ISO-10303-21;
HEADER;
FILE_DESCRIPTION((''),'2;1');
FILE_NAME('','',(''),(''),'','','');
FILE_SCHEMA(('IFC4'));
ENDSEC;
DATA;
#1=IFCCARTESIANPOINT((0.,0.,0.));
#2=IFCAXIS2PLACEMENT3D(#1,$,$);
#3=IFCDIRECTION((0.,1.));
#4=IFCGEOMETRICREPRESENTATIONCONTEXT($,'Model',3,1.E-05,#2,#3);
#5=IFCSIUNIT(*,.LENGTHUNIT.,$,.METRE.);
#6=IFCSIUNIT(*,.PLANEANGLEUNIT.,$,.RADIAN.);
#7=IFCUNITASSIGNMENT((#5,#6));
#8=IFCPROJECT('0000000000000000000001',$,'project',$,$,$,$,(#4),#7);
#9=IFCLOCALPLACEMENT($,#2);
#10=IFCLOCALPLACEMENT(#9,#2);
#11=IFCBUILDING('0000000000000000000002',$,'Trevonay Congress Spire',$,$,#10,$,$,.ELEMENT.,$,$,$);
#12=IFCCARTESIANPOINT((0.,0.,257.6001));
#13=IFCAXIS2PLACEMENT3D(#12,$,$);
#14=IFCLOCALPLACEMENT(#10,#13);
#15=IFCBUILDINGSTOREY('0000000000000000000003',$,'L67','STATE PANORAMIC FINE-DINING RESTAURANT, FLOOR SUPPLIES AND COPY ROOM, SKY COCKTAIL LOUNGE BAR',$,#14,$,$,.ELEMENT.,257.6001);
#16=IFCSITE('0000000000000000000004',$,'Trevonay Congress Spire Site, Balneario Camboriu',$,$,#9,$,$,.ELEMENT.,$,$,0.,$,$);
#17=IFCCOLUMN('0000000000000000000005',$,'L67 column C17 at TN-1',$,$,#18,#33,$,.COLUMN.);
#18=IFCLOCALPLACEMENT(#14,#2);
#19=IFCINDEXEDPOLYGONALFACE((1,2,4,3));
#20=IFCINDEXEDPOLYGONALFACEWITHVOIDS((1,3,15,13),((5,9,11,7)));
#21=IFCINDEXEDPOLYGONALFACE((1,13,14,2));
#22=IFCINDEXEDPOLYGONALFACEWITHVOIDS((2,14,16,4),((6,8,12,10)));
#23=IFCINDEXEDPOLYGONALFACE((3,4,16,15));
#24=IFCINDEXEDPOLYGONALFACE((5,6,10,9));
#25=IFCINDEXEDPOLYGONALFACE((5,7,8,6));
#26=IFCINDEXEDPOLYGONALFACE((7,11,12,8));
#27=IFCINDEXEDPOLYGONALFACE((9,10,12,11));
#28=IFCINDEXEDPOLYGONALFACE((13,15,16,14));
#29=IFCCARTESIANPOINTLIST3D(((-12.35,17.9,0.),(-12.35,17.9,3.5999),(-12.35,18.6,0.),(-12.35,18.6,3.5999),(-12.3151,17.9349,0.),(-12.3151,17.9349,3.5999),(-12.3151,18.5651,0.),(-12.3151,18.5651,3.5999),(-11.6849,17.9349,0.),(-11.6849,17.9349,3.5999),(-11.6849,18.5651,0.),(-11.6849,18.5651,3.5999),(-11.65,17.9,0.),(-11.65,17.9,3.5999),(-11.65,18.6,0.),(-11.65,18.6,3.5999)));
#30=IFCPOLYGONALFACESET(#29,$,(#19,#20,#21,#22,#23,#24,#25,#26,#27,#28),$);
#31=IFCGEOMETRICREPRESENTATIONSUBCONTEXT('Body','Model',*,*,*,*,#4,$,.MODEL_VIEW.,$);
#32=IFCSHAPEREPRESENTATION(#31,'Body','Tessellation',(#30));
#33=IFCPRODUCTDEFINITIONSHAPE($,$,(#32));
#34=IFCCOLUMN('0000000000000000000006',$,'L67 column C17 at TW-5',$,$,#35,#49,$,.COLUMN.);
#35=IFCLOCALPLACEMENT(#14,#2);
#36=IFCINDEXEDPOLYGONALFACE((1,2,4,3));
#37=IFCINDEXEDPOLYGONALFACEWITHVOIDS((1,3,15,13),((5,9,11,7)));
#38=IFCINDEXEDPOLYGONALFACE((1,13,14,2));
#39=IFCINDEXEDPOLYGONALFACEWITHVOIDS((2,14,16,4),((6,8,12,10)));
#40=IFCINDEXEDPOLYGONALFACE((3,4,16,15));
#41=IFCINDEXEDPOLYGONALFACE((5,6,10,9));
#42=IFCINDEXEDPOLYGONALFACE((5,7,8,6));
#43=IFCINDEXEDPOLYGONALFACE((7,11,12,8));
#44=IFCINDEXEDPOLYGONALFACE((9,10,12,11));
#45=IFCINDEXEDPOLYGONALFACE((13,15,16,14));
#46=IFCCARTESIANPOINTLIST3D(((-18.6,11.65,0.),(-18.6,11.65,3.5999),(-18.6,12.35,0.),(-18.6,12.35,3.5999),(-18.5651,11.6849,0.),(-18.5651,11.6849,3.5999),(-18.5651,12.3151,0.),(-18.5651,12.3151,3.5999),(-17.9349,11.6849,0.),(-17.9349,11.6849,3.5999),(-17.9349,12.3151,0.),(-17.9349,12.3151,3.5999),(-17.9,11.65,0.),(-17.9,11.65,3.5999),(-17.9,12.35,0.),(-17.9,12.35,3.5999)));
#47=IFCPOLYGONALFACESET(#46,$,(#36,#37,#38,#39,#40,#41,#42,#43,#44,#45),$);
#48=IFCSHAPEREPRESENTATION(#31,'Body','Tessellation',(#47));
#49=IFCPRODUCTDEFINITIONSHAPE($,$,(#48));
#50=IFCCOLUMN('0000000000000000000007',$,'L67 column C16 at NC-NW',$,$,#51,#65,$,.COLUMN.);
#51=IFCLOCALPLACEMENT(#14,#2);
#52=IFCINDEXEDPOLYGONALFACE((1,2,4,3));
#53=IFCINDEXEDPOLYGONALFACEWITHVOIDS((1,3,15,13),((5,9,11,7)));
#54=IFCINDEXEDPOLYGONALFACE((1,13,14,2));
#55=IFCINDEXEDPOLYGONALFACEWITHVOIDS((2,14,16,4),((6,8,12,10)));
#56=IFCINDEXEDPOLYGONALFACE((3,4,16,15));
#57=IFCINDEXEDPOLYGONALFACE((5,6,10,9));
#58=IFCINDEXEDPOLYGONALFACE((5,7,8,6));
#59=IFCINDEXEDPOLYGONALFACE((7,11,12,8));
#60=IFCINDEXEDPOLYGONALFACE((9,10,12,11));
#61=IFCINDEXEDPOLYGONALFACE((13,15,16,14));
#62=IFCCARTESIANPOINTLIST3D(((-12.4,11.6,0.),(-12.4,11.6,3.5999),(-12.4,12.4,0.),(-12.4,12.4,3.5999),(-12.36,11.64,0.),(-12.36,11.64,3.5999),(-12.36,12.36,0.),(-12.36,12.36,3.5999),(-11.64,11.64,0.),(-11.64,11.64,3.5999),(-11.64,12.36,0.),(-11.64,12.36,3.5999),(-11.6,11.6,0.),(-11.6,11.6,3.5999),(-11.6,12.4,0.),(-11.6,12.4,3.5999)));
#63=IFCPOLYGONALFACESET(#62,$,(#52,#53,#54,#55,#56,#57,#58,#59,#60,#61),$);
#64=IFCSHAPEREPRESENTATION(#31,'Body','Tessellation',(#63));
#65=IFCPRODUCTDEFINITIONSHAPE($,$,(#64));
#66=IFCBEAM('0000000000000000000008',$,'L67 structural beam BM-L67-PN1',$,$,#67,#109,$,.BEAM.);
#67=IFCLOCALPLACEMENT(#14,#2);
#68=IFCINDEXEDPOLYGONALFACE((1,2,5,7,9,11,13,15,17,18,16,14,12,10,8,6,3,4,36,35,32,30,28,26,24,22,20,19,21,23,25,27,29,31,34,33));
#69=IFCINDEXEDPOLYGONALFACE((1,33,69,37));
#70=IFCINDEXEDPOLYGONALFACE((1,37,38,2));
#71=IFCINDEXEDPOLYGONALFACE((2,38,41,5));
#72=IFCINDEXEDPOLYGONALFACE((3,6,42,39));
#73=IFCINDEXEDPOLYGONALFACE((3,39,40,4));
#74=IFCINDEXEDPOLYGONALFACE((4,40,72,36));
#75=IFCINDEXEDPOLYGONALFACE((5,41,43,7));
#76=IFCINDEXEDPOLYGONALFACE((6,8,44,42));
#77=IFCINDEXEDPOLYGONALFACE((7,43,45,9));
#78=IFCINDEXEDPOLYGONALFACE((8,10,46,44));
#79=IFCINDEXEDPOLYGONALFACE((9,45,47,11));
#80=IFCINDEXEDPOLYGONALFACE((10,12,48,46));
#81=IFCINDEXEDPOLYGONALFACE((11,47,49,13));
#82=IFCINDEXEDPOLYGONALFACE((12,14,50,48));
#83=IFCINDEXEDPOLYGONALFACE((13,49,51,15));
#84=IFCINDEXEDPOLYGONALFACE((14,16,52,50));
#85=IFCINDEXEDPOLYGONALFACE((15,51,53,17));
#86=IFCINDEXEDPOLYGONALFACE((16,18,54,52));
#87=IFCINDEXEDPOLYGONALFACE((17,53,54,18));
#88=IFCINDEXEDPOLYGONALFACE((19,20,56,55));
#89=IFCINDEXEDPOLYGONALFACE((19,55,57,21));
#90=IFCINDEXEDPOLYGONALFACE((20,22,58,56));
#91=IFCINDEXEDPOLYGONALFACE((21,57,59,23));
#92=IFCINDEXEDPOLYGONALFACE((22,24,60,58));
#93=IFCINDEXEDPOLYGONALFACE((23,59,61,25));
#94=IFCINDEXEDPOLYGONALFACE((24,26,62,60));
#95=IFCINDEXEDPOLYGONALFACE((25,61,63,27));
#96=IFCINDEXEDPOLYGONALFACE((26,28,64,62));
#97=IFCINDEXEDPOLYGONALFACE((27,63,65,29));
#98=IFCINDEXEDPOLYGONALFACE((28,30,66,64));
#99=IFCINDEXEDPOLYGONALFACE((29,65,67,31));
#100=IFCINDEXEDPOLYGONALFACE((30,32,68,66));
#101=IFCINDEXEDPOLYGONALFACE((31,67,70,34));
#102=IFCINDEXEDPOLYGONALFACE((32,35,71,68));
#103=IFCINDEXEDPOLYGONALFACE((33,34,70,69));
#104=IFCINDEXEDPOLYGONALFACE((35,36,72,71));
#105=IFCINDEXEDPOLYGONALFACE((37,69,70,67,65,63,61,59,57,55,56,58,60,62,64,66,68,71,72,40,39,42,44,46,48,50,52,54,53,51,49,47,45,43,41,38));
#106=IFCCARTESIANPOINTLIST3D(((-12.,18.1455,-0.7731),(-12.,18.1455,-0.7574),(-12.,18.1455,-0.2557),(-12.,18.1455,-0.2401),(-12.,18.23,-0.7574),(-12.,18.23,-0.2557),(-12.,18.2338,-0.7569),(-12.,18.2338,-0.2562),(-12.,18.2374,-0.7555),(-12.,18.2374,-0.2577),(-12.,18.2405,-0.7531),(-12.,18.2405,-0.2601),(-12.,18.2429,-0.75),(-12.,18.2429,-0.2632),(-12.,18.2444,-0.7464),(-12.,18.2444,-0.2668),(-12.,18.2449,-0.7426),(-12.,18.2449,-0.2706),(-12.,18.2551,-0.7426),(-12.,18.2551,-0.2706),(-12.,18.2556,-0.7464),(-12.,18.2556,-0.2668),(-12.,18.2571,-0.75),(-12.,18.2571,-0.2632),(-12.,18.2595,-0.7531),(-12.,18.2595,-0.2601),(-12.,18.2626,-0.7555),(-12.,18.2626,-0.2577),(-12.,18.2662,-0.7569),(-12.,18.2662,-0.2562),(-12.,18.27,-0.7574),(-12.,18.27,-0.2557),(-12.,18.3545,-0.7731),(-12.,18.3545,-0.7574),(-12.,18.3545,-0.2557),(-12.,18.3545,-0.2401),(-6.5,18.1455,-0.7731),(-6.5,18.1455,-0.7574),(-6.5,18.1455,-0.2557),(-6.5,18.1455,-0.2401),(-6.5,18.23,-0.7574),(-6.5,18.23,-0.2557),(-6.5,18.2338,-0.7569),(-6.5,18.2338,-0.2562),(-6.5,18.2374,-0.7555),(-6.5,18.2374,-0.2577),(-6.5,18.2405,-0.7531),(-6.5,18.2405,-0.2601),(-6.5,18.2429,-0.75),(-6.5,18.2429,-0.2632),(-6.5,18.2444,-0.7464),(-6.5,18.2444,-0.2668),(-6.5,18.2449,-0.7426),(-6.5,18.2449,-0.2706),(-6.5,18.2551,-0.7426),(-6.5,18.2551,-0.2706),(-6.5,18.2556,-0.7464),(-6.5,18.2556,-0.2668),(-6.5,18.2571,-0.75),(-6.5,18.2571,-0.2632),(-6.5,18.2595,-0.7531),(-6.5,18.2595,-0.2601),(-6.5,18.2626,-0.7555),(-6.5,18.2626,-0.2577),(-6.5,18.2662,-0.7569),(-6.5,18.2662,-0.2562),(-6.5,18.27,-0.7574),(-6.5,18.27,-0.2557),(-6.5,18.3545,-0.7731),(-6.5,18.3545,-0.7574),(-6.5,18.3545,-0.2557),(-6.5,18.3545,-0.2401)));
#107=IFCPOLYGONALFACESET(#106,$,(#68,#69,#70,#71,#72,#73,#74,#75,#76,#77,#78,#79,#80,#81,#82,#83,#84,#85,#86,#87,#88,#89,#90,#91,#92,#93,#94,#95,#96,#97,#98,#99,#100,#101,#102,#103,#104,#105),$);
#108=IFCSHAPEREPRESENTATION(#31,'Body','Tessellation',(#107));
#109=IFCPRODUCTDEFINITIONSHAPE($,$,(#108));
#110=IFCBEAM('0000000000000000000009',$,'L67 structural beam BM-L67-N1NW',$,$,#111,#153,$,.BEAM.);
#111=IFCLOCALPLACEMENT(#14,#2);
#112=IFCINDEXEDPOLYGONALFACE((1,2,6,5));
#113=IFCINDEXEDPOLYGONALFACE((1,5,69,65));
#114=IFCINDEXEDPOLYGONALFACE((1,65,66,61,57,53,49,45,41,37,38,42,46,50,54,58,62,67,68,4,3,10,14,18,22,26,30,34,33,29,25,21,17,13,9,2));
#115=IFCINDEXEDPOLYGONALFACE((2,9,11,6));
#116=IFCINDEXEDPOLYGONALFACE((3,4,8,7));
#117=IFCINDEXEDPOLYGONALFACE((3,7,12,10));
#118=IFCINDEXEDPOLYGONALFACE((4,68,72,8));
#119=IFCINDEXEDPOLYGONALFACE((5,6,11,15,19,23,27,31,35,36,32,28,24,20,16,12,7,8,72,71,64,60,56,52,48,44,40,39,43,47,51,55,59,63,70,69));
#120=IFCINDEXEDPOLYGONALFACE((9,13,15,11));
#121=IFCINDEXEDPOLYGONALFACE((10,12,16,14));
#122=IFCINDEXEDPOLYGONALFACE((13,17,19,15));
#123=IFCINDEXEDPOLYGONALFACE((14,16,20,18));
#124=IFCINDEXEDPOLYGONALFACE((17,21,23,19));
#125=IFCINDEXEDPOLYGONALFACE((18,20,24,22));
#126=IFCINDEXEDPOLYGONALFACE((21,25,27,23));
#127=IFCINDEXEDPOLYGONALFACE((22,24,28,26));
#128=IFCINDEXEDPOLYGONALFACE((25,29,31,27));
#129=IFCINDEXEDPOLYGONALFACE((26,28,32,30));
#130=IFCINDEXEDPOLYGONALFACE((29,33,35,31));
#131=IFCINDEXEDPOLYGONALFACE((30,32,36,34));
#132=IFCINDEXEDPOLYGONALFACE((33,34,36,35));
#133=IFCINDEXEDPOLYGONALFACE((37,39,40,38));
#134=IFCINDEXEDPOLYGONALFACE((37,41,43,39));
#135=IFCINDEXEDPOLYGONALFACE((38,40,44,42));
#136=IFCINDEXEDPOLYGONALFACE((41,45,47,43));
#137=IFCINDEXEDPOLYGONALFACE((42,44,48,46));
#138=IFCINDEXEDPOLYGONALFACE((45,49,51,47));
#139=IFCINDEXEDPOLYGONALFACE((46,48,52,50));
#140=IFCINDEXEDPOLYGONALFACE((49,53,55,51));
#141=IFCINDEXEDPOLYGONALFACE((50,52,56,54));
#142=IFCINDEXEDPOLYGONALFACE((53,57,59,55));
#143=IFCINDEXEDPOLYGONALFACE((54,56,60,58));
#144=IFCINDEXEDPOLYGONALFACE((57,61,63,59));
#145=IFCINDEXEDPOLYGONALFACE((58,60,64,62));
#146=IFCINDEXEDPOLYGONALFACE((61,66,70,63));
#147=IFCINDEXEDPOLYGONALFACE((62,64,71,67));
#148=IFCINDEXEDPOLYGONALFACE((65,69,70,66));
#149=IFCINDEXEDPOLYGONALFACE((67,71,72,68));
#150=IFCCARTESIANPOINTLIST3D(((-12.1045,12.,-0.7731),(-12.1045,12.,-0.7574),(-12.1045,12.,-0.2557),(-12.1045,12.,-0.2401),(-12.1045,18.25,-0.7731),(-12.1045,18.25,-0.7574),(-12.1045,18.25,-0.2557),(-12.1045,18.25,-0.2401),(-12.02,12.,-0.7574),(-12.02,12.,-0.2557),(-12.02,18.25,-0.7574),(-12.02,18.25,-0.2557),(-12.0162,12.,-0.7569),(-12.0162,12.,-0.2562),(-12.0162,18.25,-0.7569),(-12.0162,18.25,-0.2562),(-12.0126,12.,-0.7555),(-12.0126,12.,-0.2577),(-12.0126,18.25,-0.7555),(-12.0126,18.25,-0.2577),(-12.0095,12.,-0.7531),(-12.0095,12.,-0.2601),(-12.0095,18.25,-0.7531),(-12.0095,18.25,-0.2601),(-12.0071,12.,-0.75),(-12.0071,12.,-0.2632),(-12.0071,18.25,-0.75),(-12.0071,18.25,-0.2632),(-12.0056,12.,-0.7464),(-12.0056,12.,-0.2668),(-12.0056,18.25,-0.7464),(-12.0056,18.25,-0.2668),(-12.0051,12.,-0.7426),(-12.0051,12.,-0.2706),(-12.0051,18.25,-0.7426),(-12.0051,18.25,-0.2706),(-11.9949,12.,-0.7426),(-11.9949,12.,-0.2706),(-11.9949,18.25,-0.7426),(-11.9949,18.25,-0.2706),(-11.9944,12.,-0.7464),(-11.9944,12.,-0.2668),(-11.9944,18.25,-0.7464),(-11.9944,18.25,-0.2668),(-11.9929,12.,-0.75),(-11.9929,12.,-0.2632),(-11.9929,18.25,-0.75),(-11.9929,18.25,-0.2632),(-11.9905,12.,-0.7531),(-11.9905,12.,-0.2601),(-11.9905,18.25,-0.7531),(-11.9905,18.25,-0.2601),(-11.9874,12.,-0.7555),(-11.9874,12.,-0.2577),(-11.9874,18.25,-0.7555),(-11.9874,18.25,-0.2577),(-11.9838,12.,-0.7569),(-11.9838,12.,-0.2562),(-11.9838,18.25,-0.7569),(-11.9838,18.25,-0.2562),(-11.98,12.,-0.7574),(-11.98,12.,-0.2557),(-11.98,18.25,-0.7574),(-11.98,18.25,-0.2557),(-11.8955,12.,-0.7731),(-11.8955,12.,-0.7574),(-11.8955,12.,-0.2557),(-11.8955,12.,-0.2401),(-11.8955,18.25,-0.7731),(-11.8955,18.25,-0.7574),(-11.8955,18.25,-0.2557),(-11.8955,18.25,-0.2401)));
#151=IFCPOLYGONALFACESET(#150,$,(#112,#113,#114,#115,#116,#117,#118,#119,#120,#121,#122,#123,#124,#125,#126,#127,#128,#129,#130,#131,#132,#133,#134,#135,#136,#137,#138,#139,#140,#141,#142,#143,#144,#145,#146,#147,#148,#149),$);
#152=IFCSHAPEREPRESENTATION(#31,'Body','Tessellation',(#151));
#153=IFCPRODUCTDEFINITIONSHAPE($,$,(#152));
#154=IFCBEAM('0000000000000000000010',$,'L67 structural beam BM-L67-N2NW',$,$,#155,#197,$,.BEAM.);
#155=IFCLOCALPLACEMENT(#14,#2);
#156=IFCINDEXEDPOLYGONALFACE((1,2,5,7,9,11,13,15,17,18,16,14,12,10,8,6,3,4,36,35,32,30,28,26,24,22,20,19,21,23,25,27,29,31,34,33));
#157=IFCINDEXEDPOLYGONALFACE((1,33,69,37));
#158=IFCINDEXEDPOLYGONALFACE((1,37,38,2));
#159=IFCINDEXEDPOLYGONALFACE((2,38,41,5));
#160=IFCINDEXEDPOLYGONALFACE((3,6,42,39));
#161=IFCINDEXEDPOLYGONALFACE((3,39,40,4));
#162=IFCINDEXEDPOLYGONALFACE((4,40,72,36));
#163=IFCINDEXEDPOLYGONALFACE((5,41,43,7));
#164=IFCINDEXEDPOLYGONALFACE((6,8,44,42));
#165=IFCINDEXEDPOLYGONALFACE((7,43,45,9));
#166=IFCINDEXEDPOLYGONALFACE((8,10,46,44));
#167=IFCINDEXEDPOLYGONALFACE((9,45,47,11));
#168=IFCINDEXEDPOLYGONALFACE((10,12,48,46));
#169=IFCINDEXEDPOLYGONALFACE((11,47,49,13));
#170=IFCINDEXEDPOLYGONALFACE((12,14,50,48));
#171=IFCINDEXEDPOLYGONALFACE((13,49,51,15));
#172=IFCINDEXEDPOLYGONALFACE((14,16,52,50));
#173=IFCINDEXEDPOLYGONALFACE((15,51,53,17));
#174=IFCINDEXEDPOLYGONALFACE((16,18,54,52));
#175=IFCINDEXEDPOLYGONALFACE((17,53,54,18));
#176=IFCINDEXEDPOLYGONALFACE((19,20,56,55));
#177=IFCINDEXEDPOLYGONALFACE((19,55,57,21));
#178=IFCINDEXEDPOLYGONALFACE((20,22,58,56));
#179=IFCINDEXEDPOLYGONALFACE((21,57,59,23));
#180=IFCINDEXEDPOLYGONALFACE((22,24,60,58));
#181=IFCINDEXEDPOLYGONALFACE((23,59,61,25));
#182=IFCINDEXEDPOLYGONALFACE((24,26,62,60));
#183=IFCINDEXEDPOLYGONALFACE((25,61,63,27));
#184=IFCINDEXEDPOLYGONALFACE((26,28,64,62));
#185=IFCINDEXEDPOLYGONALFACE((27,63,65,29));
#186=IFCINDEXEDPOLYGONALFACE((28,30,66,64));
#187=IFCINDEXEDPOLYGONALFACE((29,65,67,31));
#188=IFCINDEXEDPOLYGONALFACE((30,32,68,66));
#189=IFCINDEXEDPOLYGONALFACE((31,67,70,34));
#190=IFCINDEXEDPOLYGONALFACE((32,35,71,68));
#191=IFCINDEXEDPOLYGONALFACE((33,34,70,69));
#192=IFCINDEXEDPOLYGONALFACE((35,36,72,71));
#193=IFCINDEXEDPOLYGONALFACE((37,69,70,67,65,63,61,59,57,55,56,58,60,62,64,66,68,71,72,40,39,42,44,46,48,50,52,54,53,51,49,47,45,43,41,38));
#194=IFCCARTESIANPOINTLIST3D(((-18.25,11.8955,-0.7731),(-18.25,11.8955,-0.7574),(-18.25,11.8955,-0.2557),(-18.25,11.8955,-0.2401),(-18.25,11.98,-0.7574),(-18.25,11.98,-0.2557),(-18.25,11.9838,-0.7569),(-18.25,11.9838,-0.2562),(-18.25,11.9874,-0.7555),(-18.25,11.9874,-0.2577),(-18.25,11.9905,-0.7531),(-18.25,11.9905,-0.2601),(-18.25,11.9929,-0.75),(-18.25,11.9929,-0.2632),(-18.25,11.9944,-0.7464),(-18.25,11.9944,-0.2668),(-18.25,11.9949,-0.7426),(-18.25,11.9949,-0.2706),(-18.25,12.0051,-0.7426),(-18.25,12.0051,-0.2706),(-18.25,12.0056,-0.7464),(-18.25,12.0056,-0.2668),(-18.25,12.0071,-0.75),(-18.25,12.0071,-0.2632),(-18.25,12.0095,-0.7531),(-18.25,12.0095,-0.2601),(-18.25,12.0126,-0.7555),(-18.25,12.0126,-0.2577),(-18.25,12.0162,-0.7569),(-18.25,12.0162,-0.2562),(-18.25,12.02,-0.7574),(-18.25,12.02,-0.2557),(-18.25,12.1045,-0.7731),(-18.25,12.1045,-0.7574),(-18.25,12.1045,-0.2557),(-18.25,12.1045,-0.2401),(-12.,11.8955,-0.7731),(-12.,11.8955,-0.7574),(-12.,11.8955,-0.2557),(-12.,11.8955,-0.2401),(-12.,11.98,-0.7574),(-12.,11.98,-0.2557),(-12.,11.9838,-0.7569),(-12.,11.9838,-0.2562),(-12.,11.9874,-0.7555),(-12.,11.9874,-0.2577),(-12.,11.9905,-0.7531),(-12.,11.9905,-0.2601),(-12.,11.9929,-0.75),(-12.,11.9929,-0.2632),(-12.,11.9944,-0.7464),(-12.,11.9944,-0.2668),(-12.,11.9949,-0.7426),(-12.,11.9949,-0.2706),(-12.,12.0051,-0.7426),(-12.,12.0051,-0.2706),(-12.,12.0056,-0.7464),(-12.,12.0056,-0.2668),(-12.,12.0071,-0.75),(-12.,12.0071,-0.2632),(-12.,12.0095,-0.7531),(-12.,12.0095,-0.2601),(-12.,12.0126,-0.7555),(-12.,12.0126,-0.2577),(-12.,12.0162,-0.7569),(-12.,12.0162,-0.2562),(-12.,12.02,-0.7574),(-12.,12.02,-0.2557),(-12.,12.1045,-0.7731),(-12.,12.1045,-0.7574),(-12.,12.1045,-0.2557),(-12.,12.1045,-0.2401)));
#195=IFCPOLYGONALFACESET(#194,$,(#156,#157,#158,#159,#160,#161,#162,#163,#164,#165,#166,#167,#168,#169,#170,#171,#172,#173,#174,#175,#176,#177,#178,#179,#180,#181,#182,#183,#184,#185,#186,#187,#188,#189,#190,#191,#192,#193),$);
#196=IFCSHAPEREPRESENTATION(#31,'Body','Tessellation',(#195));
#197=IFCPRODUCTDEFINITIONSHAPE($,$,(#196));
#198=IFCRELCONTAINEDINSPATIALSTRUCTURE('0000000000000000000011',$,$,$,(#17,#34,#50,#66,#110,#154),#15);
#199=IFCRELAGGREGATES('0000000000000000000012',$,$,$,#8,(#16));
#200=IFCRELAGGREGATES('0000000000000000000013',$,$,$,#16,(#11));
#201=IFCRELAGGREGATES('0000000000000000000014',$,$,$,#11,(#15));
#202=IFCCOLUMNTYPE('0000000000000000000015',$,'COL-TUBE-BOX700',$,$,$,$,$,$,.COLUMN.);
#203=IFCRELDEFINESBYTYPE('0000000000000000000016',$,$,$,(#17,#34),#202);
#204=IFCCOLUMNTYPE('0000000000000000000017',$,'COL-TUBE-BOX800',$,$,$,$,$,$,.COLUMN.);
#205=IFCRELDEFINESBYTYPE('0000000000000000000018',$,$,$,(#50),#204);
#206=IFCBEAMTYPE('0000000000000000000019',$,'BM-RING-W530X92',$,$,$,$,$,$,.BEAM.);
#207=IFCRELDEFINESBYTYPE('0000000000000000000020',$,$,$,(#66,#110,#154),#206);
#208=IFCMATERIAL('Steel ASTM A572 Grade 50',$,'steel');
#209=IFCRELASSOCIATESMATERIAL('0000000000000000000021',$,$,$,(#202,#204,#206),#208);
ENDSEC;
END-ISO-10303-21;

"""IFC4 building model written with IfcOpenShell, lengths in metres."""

from ifc_helpers import new_model, si_unit, direction, frame, origin, origin_2d, place, context, subcontext, project, spatial, hollow_rectangle, i_section, extrude, material, material_profile, profile_set, type_object, element, save


model = new_model("IFC4")

# Units and contexts
model_context = context("Model", 3, precision=1e-05, world=origin(), true_north=direction((0.0, 1.0)))
body_context = subcontext(model_context, "Body", "Model", "MODEL_VIEW")
ifc_project = project(units=[si_unit("LENGTHUNIT", "METRE"), si_unit("PLANEANGLEUNIT", "RADIAN")], contexts=[model_context])

# Site, building, storey
site_placement = place(None, origin())
site = spatial("IfcSite", under=ifc_project, at=site_placement, Name="Trevonay Congress Spire Site, Balneario Camboriu", CompositionType="ELEMENT", RefElevation=0.0)
building_placement = place(site_placement, origin())
building = spatial("IfcBuilding", under=site, at=building_placement, Name="Trevonay Congress Spire", CompositionType="ELEMENT")
storey_placement = place(building_placement, frame((0.0, 0.0, 257.6001)))
storey = spatial("IfcBuildingStorey", under=building, at=storey_placement, Name="L67", Description="STATE PANORAMIC FINE-DINING RESTAURANT, FLOOR SUPPLIES AND COPY ROOM, SKY COCKTAIL LOUNGE BAR", CompositionType="ELEMENT", Elevation=257.6001)

# Columns
ifc_material_1 = material(Name="Steel ASTM A572 Grade 50", Category="steel")
ifc_material_profile_1 = material_profile(ifc_material_1, hollow_rectangle(XDim=0.7, YDim=0.7, WallThickness=0.0349, at=origin_2d()), Name="BOX 700x700x35")
ifc_profile_set_1 = profile_set([ifc_material_profile_1], Name="Steel ASTM A572 Grade 50")
column_type_1 = type_object("IfcColumnType", Name="COL-TUBE-BOX700", PredefinedType="COLUMN", material=ifc_profile_set_1)
for number, where, z_axis, x_axis, name in (
    (1, (-12.0, 18.25, 0.0), (0.0, 0.0, 1.0), (1.0, 0.0, 0.0), "L67 column C17 at TN-1"),
    (2, (-18.25, 12.0, 0.0), (0.0, 0.0, 1.0), (1.0, 0.0, 0.0), "L67 column C17 at TW-5"),
):
    element("IfcColumn", number, at=place(storey_placement, frame(where, z_axis=z_axis, x_axis=x_axis)), inside=storey, type_object=column_type_1, Name=name, PredefinedType="COLUMN", context=body_context, shape_type="SweptSolid", body=[
        extrude(hollow_rectangle(XDim=0.7, YDim=0.7, WallThickness=0.0349, at=origin_2d()), origin(), (0.0, 0.0, 1.0), 3.5999),
    ])
ifc_material_profile_2 = material_profile(ifc_material_1, hollow_rectangle(XDim=0.8, YDim=0.8, WallThickness=0.04, at=origin_2d()), Name="BOX 800x800x40")
ifc_profile_set_2 = profile_set([ifc_material_profile_2], Name="Steel ASTM A572 Grade 50")
column_type_2 = type_object("IfcColumnType", Name="COL-TUBE-BOX800", PredefinedType="COLUMN", material=ifc_profile_set_2)
column_placement = place(storey_placement, frame((-12.0, 12.0, 0.0), z_axis=(0.0, 0.0, 1.0), x_axis=(1.0, 0.0, 0.0)))
element("IfcColumn", 3, at=column_placement, inside=storey, type_object=column_type_2, Name="L67 column C16 at NC-NW", PredefinedType="COLUMN", context=body_context, shape_type="SweptSolid", body=[
    extrude(hollow_rectangle(XDim=0.8, YDim=0.8, WallThickness=0.04, at=origin_2d()), origin(), (0.0, 0.0, 1.0), 3.5999),
])

# Beams
ifc_material_profile_3 = material_profile(ifc_material_1, i_section(OverallWidth=0.209, OverallDepth=0.533, WebThickness=0.0103, FlangeThickness=0.0156, FilletRadius=0.0149, at=origin_2d()), Name="W530x92")
ifc_profile_set_3 = profile_set([ifc_material_profile_3], Name="Steel ASTM A572 Grade 50")
beam_type_1 = type_object("IfcBeamType", Name="BM-RING-W530X92", PredefinedType="BEAM", material=ifc_profile_set_3)
beam_1_placement = place(storey_placement, frame((-12.0, 18.25, -0.5066), z_axis=(1.0, 0.0, 0.0), x_axis=(0.0, 1.0, 0.0)))
element("IfcBeam", 4, at=beam_1_placement, inside=storey, type_object=beam_type_1, Name="L67 structural beam BM-L67-PN1", PredefinedType="BEAM", context=body_context, shape_type="SweptSolid", body=[
    extrude(i_section(OverallWidth=0.209, OverallDepth=0.533, WebThickness=0.0103, FlangeThickness=0.0156, FilletRadius=0.0149, at=origin_2d()), origin(), (0.0, 0.0, 1.0), 5.5),
])
for number, where, z_axis, x_axis, name in (
    (5, (-12.0, 18.25, -0.5066), (0.0, -1.0, 0.0), (1.0, 0.0, 0.0), "L67 structural beam BM-L67-N1NW"),
    (6, (-18.25, 12.0, -0.5066), (1.0, 0.0, 0.0), (0.0, 1.0, 0.0), "L67 structural beam BM-L67-N2NW"),
):
    element("IfcBeam", number, at=place(storey_placement, frame(where, z_axis=z_axis, x_axis=x_axis)), inside=storey, type_object=beam_type_1, Name=name, PredefinedType="BEAM", context=body_context, shape_type="SweptSolid", body=[
        extrude(i_section(OverallWidth=0.209, OverallDepth=0.533, WebThickness=0.0103, FlangeThickness=0.0156, FilletRadius=0.0149, at=origin_2d()), origin(), (0.0, 0.0, 1.0), 6.25),
    ])

save(model, "model.ifc")
